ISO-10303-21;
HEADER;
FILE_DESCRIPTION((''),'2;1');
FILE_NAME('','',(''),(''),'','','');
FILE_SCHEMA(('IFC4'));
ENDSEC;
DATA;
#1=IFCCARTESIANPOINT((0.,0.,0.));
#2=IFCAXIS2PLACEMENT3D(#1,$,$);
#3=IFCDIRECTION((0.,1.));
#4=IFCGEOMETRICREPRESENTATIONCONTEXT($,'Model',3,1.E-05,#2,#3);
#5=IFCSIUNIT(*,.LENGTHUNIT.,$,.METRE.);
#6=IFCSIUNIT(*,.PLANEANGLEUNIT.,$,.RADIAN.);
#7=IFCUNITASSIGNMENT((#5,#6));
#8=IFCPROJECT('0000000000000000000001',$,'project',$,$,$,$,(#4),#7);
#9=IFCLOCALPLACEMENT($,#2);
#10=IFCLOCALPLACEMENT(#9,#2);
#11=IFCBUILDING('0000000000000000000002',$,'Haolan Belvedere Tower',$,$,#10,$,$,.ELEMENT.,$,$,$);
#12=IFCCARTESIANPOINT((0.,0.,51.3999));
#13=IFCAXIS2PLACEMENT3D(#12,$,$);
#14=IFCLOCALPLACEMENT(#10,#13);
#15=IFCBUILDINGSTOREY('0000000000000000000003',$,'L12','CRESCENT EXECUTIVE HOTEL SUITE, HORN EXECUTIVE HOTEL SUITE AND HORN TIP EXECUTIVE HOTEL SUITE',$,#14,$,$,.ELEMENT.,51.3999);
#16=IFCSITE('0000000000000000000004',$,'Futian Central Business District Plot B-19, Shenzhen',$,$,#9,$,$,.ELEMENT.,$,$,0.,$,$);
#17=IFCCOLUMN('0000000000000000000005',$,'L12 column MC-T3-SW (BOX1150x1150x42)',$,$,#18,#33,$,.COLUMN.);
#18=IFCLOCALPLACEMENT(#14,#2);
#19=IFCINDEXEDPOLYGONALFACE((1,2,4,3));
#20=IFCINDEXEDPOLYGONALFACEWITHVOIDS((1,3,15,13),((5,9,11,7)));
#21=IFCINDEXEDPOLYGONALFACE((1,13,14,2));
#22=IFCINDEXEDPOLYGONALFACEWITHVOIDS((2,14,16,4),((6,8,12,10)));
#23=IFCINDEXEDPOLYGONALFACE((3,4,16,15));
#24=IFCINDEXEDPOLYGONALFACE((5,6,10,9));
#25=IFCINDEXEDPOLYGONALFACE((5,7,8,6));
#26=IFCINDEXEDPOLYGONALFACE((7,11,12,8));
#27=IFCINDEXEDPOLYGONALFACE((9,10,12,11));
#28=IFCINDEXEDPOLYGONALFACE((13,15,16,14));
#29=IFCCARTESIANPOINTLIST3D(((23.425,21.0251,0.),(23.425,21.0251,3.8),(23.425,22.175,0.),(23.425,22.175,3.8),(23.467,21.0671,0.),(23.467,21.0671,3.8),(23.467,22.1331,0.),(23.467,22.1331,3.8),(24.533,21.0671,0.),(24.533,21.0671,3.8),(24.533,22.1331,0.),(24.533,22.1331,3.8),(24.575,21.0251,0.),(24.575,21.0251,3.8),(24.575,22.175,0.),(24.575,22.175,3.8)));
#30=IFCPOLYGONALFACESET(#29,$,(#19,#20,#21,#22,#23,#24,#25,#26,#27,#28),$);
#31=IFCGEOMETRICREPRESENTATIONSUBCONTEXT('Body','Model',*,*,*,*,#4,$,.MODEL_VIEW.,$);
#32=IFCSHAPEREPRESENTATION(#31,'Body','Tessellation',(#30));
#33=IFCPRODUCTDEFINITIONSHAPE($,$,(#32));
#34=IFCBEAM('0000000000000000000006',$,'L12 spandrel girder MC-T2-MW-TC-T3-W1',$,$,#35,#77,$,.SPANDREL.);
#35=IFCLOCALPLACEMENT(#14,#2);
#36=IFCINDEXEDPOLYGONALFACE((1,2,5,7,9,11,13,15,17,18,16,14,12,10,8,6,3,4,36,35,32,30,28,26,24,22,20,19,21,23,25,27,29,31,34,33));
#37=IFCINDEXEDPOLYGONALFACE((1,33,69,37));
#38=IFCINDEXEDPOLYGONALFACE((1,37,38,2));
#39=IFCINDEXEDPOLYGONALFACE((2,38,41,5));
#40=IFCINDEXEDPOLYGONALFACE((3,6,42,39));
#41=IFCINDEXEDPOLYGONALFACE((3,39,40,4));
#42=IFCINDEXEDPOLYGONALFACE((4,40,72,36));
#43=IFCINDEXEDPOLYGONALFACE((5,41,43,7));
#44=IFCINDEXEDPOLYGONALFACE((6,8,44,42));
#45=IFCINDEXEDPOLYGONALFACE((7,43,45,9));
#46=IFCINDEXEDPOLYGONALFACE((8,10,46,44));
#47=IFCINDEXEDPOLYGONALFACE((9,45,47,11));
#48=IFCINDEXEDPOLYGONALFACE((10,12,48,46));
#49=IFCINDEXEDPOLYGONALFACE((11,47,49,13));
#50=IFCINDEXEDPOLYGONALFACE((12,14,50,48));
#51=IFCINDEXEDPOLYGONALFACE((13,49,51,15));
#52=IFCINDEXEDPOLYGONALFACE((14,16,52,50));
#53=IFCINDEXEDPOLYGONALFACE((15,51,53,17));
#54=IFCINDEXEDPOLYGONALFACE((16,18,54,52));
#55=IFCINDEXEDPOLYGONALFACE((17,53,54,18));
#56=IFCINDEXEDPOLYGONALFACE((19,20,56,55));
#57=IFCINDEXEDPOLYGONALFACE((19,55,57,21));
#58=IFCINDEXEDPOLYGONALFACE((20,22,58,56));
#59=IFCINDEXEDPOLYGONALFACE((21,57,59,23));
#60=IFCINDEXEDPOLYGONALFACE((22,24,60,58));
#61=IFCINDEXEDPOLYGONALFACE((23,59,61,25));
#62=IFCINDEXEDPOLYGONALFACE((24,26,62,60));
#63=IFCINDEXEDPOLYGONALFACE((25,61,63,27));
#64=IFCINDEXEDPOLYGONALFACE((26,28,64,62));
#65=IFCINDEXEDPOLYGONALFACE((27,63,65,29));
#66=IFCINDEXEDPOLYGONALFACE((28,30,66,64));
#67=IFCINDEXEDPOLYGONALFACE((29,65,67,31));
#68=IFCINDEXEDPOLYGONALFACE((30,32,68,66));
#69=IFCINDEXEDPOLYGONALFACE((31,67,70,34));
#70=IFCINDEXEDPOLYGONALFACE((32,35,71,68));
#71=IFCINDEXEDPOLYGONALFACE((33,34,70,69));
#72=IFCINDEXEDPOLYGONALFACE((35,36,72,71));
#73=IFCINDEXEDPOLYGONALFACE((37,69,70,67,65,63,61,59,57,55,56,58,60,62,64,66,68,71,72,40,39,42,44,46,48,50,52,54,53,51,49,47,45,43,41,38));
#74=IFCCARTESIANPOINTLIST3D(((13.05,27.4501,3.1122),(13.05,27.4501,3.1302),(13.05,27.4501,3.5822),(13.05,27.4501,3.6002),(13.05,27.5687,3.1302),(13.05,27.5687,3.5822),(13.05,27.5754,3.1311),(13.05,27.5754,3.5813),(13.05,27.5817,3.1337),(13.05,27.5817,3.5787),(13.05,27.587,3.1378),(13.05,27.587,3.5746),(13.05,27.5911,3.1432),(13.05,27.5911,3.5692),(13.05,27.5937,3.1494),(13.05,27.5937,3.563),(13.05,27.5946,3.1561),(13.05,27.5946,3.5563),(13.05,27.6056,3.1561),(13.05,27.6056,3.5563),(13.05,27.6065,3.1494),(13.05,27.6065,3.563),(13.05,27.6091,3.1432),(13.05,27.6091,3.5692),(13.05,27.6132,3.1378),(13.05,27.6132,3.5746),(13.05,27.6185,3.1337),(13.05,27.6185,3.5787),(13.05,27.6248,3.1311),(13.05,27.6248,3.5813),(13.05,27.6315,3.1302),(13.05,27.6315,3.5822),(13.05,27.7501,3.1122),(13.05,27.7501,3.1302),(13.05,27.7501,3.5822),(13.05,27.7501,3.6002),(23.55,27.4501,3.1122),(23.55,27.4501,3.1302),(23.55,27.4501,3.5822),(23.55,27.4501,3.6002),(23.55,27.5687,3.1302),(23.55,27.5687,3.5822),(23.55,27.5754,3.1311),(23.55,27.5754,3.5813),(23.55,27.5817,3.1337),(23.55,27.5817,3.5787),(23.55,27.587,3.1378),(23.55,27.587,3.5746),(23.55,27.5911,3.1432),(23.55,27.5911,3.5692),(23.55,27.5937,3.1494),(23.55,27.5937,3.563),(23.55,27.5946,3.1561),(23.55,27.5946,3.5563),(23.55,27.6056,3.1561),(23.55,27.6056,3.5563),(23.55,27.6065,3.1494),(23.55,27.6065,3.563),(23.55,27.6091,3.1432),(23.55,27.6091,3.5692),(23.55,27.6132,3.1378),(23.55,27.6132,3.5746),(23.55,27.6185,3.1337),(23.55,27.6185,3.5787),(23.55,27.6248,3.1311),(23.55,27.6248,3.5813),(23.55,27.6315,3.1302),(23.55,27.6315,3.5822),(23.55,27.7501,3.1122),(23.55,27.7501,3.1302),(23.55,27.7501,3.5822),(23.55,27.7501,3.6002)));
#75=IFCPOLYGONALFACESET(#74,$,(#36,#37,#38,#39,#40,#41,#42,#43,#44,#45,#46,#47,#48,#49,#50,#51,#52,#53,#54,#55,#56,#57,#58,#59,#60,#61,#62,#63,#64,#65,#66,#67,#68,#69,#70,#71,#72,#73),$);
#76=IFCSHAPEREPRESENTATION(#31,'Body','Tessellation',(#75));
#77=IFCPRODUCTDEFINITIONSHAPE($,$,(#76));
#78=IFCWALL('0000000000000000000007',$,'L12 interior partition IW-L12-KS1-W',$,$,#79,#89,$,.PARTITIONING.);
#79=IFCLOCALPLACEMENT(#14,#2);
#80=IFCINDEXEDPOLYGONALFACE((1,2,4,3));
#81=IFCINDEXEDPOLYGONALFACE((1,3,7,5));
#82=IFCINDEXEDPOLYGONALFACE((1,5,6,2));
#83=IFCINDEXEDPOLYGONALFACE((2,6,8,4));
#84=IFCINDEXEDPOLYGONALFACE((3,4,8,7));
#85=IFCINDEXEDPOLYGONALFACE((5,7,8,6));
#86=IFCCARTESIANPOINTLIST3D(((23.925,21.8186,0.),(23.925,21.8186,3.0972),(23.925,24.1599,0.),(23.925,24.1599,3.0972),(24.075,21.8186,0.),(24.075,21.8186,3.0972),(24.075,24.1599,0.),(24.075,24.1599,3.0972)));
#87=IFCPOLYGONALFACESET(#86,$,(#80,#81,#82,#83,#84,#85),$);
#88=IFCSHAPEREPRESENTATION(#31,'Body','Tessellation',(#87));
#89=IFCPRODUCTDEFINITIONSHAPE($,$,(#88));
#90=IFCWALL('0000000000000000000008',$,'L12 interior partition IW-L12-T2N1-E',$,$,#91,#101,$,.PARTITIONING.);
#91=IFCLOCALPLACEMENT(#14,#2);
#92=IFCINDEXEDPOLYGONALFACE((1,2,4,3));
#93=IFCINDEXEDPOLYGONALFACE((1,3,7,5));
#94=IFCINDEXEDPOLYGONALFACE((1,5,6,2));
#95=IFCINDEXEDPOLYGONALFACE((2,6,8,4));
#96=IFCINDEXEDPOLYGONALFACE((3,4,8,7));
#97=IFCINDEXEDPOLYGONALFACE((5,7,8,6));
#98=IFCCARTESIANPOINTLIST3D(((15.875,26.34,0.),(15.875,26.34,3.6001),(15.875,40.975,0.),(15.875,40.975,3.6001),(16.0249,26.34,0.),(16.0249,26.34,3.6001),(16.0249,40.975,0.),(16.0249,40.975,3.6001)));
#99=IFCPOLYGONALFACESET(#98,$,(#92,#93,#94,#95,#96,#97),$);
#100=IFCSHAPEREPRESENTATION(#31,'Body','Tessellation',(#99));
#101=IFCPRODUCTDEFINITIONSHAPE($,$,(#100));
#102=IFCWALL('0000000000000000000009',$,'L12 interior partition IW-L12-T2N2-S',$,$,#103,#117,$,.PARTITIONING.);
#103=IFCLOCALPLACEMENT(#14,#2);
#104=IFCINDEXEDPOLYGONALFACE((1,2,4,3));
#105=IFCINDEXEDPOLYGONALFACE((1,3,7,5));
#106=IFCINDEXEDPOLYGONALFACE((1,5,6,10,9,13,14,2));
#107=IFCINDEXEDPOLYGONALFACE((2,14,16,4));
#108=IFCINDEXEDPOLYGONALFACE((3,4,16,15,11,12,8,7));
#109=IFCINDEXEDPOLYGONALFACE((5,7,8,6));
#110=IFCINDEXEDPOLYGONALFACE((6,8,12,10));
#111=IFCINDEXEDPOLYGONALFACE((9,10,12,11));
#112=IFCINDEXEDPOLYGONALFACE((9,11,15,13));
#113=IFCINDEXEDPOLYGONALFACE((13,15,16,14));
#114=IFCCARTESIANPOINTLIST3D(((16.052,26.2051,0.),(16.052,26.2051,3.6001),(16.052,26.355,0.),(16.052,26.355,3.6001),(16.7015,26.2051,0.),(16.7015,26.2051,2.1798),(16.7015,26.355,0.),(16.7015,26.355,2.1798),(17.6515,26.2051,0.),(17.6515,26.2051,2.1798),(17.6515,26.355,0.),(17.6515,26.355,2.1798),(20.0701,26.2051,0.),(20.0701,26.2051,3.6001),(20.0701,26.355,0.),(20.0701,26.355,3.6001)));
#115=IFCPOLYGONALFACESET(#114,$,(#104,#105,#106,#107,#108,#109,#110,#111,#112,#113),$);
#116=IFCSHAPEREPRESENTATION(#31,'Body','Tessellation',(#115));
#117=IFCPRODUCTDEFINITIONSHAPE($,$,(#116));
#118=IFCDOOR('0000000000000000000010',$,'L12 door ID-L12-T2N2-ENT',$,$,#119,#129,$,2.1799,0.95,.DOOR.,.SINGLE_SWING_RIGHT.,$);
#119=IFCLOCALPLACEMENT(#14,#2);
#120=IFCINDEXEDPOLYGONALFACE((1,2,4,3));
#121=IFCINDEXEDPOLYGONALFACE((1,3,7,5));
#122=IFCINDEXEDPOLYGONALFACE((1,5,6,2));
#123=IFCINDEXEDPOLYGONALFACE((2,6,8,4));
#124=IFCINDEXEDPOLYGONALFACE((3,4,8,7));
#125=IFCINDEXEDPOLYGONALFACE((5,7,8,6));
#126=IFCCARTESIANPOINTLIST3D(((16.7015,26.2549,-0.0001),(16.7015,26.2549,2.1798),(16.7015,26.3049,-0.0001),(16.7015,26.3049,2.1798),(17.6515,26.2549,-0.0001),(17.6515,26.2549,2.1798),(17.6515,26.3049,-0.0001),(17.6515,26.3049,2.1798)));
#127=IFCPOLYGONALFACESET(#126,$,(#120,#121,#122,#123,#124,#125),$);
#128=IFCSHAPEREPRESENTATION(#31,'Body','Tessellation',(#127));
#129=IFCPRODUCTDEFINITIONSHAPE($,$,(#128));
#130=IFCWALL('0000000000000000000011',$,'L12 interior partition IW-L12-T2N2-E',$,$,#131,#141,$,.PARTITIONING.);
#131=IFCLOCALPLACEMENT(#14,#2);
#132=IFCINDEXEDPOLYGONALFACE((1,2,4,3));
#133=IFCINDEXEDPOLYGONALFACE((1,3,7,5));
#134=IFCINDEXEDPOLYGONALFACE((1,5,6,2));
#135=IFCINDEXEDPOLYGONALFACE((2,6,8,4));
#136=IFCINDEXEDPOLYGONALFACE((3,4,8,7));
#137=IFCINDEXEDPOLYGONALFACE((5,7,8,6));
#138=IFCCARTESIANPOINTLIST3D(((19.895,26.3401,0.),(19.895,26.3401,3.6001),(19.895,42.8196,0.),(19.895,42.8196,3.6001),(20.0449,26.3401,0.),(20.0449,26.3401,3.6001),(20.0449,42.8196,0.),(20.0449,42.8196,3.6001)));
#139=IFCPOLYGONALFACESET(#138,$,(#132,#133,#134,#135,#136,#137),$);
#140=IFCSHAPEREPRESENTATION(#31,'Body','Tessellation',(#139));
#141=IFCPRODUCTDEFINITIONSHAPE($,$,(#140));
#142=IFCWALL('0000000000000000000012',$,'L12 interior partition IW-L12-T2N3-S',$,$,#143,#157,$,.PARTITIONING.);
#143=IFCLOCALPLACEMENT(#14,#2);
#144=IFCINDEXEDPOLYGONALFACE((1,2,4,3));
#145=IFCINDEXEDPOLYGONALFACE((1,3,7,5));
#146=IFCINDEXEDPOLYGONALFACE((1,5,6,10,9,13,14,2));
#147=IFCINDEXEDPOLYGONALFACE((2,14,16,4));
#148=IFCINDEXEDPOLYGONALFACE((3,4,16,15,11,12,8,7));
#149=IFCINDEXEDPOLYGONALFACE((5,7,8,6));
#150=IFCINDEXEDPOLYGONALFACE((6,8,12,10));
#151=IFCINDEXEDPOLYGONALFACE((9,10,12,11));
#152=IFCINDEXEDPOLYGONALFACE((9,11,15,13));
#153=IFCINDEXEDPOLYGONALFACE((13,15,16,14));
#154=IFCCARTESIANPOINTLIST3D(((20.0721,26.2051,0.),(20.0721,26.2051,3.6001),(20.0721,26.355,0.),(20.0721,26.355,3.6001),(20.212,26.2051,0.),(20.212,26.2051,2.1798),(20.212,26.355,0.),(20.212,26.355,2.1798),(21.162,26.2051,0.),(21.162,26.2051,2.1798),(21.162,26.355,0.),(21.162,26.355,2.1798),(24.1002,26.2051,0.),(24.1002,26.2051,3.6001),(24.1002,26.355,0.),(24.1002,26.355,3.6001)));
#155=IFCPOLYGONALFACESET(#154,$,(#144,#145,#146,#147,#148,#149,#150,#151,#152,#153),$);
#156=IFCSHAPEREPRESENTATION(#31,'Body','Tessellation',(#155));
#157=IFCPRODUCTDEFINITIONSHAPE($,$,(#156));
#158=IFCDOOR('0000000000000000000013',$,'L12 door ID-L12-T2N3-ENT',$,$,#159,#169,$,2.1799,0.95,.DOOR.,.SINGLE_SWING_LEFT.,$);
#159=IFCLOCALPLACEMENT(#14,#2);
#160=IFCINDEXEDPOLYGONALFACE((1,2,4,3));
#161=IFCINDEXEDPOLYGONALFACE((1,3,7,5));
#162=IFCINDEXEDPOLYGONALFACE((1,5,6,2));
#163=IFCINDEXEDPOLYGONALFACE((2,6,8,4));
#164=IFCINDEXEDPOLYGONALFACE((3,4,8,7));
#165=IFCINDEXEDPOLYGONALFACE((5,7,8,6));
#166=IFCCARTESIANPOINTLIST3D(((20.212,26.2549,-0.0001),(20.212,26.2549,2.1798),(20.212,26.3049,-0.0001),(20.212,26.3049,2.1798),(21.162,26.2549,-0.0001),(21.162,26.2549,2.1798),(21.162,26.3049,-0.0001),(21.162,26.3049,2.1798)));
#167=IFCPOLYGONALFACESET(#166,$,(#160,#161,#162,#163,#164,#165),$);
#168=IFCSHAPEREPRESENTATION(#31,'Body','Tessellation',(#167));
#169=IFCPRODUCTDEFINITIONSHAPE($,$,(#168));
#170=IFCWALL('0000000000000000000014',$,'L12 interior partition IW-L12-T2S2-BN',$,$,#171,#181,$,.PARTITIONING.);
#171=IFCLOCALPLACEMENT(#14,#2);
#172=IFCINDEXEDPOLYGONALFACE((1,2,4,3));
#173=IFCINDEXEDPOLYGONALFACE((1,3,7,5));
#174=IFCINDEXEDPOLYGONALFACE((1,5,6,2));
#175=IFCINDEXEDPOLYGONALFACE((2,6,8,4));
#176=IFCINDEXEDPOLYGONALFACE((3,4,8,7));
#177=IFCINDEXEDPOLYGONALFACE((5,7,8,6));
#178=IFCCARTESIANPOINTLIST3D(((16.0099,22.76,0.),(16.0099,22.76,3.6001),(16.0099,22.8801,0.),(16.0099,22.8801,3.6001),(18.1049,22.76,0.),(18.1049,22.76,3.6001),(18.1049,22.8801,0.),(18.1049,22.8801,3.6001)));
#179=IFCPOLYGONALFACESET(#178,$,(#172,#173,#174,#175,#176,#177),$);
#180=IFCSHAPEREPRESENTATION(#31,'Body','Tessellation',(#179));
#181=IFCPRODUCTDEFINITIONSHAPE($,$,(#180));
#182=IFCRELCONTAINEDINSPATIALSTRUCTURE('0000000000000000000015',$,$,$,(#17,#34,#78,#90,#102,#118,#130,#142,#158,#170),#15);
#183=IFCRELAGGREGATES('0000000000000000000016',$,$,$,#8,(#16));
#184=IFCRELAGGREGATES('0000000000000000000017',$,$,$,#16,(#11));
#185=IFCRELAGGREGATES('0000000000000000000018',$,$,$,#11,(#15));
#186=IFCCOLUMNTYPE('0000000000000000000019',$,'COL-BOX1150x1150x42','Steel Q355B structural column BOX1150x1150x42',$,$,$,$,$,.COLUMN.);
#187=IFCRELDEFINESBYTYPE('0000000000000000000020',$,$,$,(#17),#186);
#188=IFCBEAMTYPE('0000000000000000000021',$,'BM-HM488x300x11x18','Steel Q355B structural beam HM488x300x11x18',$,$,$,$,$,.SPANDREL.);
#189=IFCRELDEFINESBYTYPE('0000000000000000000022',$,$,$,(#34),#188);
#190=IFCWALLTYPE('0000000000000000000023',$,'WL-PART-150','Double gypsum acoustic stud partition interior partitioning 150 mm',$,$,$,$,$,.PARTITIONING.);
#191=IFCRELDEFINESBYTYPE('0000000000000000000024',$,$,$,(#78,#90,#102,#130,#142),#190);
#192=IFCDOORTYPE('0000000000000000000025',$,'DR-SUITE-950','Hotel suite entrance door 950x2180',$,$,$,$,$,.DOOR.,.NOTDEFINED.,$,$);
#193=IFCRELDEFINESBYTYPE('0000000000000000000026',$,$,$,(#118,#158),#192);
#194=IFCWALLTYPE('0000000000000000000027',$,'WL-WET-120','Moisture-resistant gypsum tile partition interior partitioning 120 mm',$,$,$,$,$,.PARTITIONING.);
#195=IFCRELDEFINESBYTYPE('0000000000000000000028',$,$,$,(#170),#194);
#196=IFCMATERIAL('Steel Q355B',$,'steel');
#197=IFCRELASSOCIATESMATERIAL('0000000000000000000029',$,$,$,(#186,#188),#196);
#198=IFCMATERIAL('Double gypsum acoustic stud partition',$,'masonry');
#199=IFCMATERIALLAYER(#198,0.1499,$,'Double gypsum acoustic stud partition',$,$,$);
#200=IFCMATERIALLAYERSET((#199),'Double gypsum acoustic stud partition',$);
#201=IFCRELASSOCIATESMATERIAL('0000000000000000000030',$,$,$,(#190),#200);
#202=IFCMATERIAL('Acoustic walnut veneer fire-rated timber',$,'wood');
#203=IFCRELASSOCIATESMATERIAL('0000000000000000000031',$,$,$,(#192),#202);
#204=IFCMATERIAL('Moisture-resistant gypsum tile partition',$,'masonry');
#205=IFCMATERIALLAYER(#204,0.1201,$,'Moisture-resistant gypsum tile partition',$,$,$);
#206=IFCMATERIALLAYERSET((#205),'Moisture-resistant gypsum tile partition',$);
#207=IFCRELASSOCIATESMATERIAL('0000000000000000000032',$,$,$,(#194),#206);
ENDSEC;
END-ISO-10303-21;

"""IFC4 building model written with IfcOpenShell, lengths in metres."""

from ifc_helpers import new_model, si_unit, direction, frame, frame_2d, origin, origin_2d, place, context, subcontext, project, spatial, rectangle, hollow_rectangle, i_section, extrude, material, layer, layer_set, material_profile, profile_set, type_object, element, fill, save


model = new_model("IFC4")

# Units and contexts
model_context = context("Model", 3, precision=1e-05, world=origin(), true_north=direction((0.0, 1.0)))
body_context = subcontext(model_context, "Body", "Model", "MODEL_VIEW")
ifc_project = project(units=[si_unit("LENGTHUNIT", "METRE"), si_unit("PLANEANGLEUNIT", "RADIAN")], contexts=[model_context])

# Site, building, storey
site_placement = place(None, origin())
site = spatial("IfcSite", under=ifc_project, at=site_placement, Name="Futian Central Business District Plot B-19, Shenzhen", CompositionType="ELEMENT", RefElevation=0.0)
building_placement = place(site_placement, origin())
building = spatial("IfcBuilding", under=site, at=building_placement, Name="Haolan Belvedere Tower", CompositionType="ELEMENT")
storey_placement = place(building_placement, frame((0.0, 0.0, 51.3999)))
storey = spatial("IfcBuildingStorey", under=building, at=storey_placement, Name="L12", Description="CRESCENT EXECUTIVE HOTEL SUITE, HORN EXECUTIVE HOTEL SUITE AND HORN TIP EXECUTIVE HOTEL SUITE", CompositionType="ELEMENT", Elevation=51.3999)

# Column
ifc_material_1 = material(Name="Steel Q355B", Category="steel")
ifc_material_profile_1 = material_profile(ifc_material_1, hollow_rectangle(XDim=1.1499, YDim=1.1499, WallThickness=0.042, at=origin_2d()), Name="Steel Q355B")
ifc_profile_set_1 = profile_set([ifc_material_profile_1], Name="Steel Q355B")
column_type = type_object("IfcColumnType", Name="COL-BOX1150x1150x42", Description="Steel Q355B structural column BOX1150x1150x42", PredefinedType="COLUMN", material=ifc_profile_set_1)
column_placement = place(storey_placement, frame((24.0, 21.6001, 0.0), z_axis=(0.0, 0.0, 1.0), x_axis=(1.0, 0.0, 0.0)))
element("IfcColumn", 1, at=column_placement, inside=storey, type_object=column_type, Name="L12 column MC-T3-SW (BOX1150x1150x42)", PredefinedType="COLUMN", context=body_context, shape_type="SweptSolid", body=[
    extrude(hollow_rectangle(XDim=1.1499, YDim=1.1499, WallThickness=0.042, at=origin_2d()), origin(), (0.0, 0.0, 1.0), 3.8),
])

# Beam
ifc_material_profile_2 = material_profile(ifc_material_1, i_section(OverallWidth=0.3, OverallDepth=0.488, WebThickness=0.011, FlangeThickness=0.0181, FilletRadius=0.0259, at=origin_2d()), Name="Steel Q355B")
ifc_profile_set_2 = profile_set([ifc_material_profile_2], Name="Steel Q355B")
beam_type = type_object("IfcBeamType", Name="BM-HM488x300x11x18", Description="Steel Q355B structural beam HM488x300x11x18", PredefinedType="SPANDREL", material=ifc_profile_set_2)
beam_placement = place(storey_placement, frame((13.05, 27.6001, 3.3562), z_axis=(1.0, 0.0, 0.0), x_axis=(0.0, 1.0, 0.0)))
element("IfcBeam", 2, at=beam_placement, inside=storey, type_object=beam_type, Name="L12 spandrel girder MC-T2-MW-TC-T3-W1", PredefinedType="SPANDREL", context=body_context, shape_type="SweptSolid", body=[
    extrude(i_section(OverallWidth=0.3, OverallDepth=0.488, WebThickness=0.011, FlangeThickness=0.0181, FilletRadius=0.0259, at=origin_2d()), origin(), (0.0, 0.0, 1.0), 10.5),
])

# Shared definitions
ifc_material_2 = material(Name="Double gypsum acoustic stud partition", Category="masonry")
ifc_layer_1 = layer(ifc_material_2, 0.1499, Name="Double gypsum acoustic stud partition")
ifc_layer_set_1 = layer_set([ifc_layer_1], Name="Double gypsum acoustic stud partition")
wall_type_1 = type_object("IfcWallType", Name="WL-PART-150", Description="Double gypsum acoustic stud partition interior partitioning 150 mm", PredefinedType="PARTITIONING", material=ifc_layer_set_1)

# Walls
wall_1_placement = place(storey_placement, frame((24.0, 21.8186, 0.0), z_axis=(0.0, 0.0, 1.0), x_axis=(0.0, 1.0, 0.0)))
element("IfcWall", 3, at=wall_1_placement, inside=storey, type_object=wall_type_1, Name="L12 interior partition IW-L12-KS1-W", PredefinedType="PARTITIONING", context=body_context, shape_type="SweptSolid", body=[
    extrude(rectangle(XDim=2.3413, YDim=0.1499, at=frame_2d((1.1707, 0.0))), origin(), (0.0, 0.0, 1.0), 3.0972),
])
wall_2_placement = place(storey_placement, frame((15.95, 26.3401, 0.0), z_axis=(0.0, 0.0, 1.0), x_axis=(0.0, 1.0, 0.0)))
element("IfcWall", 4, at=wall_2_placement, inside=storey, type_object=wall_type_1, Name="L12 interior partition IW-L12-T2N1-E", PredefinedType="PARTITIONING", context=body_context, shape_type="SweptSolid", body=[
    extrude(rectangle(XDim=14.635, YDim=0.1499, at=frame_2d((7.3174, 0.0))), origin(), (0.0, 0.0, 1.0), 3.6001),
])

# Wall, opening, door
wall_3_placement = place(storey_placement, frame((16.052, 26.28, 0.0), z_axis=(0.0, 0.0, 1.0), x_axis=(1.0, 0.0, 0.0)))
wall_3 = element("IfcWall", 5, at=wall_3_placement, inside=storey, type_object=wall_type_1, Name="L12 interior partition IW-L12-T2N2-S", PredefinedType="PARTITIONING", context=body_context, shape_type="SweptSolid", body=[
    extrude(rectangle(XDim=4.0181, YDim=0.1499, at=frame_2d((2.009, 0.0))), origin(), (0.0, 0.0, 1.0), 3.6001),
])
opening_1_placement = place(wall_3_placement, frame((0.6494, 0.0, 0.0)))
opening_1 = element("IfcOpeningElement", 6, at=opening_1_placement, cuts=wall_3, PredefinedType="OPENING", context=body_context, shape_type="SweptSolid", body=[
    extrude(rectangle(XDim=0.95, YDim=2.1799, at=frame_2d((0.4751, 1.0898))), frame((0.0, 0.085, 0.0), z_axis=(0.0, -1.0, 0.0), x_axis=(1.0, 0.0, 0.0)), (0.0, 0.0, 1.0), 0.1699),
])
ifc_material_3 = material(Name="Acoustic walnut veneer fire-rated timber", Category="wood")
door_type_1 = type_object("IfcDoorType", Name="DR-SUITE-950", Description="Hotel suite entrance door 950x2180", OperationType="NOTDEFINED", PredefinedType="DOOR", material=ifc_material_3)
door_1_placement = place(opening_1_placement, origin())
door_1 = element("IfcDoor", 7, at=door_1_placement, inside=storey, type_object=door_type_1, Name="L12 door ID-L12-T2N2-ENT", OperationType="SINGLE_SWING_RIGHT", OverallHeight=2.1799, OverallWidth=0.95, PredefinedType="DOOR", context=body_context, shape_type="SweptSolid", body=[
    extrude(rectangle(XDim=0.95, YDim=2.1799, at=frame_2d((0.4751, 1.0898))), frame((0.0, 0.0249, 0.0), z_axis=(0.0, -1.0, 0.0), x_axis=(1.0, 0.0, 0.0)), (0.0, 0.0, 1.0), 0.05),
])
fill(opening_1, door_1)

# Wall
wall_4_placement = place(storey_placement, frame((19.97, 26.3401, 0.0), z_axis=(0.0, 0.0, 1.0), x_axis=(0.0, 1.0, 0.0)))
element("IfcWall", 8, at=wall_4_placement, inside=storey, type_object=wall_type_1, Name="L12 interior partition IW-L12-T2N2-E", PredefinedType="PARTITIONING", context=body_context, shape_type="SweptSolid", body=[
    extrude(rectangle(XDim=16.4795, YDim=0.1499, at=frame_2d((8.2397, 0.0))), origin(), (0.0, 0.0, 1.0), 3.6001),
])

# Wall, opening, door
wall_5_placement = place(storey_placement, frame((20.072, 26.28, 0.0), z_axis=(0.0, 0.0, 1.0), x_axis=(1.0, 0.0, 0.0)))
wall_5 = element("IfcWall", 9, at=wall_5_placement, inside=storey, type_object=wall_type_1, Name="L12 interior partition IW-L12-T2N3-S", PredefinedType="PARTITIONING", context=body_context, shape_type="SweptSolid", body=[
    extrude(rectangle(XDim=4.0281, YDim=0.1499, at=frame_2d((2.0142, 0.0))), origin(), (0.0, 0.0, 1.0), 3.6001),
])
opening_2_placement = place(wall_5_placement, frame((0.1399, 0.0, 0.0)))
opening_2 = element("IfcOpeningElement", 10, at=opening_2_placement, cuts=wall_5, PredefinedType="OPENING", context=body_context, shape_type="SweptSolid", body=[
    extrude(rectangle(XDim=0.95, YDim=2.1799, at=frame_2d((0.4751, 1.0898))), frame((0.0, 0.085, 0.0), z_axis=(0.0, -1.0, 0.0), x_axis=(1.0, 0.0, 0.0)), (0.0, 0.0, 1.0), 0.1699),
])
door_2_placement = place(opening_2_placement, origin())
door_2 = element("IfcDoor", 11, at=door_2_placement, inside=storey, type_object=door_type_1, Name="L12 door ID-L12-T2N3-ENT", OperationType="SINGLE_SWING_LEFT", OverallHeight=2.1799, OverallWidth=0.95, PredefinedType="DOOR", context=body_context, shape_type="SweptSolid", body=[
    extrude(rectangle(XDim=0.95, YDim=2.1799, at=frame_2d((0.4751, 1.0898))), frame((0.0, 0.0249, 0.0), z_axis=(0.0, -1.0, 0.0), x_axis=(1.0, 0.0, 0.0)), (0.0, 0.0, 1.0), 0.05),
])
fill(opening_2, door_2)

# Wall
ifc_material_4 = material(Name="Moisture-resistant gypsum tile partition", Category="masonry")
ifc_layer_2 = layer(ifc_material_4, 0.1201, Name="Moisture-resistant gypsum tile partition")
ifc_layer_set_2 = layer_set([ifc_layer_2], Name="Moisture-resistant gypsum tile partition")
wall_type_2 = type_object("IfcWallType", Name="WL-WET-120", Description="Moisture-resistant gypsum tile partition interior partitioning 120 mm", PredefinedType="PARTITIONING", material=ifc_layer_set_2)
wall_6_placement = place(storey_placement, frame((16.01, 22.8201, 0.0), z_axis=(0.0, 0.0, 1.0), x_axis=(1.0, 0.0, 0.0)))
element("IfcWall", 12, at=wall_6_placement, inside=storey, type_object=wall_type_2, Name="L12 interior partition IW-L12-T2S2-BN", PredefinedType="PARTITIONING", context=body_context, shape_type="SweptSolid", body=[
    extrude(rectangle(XDim=2.095, YDim=0.1201, at=frame_2d((1.0474, 0.0))), origin(), (0.0, 0.0, 1.0), 3.6001),
])

save(model, "model.ifc")
